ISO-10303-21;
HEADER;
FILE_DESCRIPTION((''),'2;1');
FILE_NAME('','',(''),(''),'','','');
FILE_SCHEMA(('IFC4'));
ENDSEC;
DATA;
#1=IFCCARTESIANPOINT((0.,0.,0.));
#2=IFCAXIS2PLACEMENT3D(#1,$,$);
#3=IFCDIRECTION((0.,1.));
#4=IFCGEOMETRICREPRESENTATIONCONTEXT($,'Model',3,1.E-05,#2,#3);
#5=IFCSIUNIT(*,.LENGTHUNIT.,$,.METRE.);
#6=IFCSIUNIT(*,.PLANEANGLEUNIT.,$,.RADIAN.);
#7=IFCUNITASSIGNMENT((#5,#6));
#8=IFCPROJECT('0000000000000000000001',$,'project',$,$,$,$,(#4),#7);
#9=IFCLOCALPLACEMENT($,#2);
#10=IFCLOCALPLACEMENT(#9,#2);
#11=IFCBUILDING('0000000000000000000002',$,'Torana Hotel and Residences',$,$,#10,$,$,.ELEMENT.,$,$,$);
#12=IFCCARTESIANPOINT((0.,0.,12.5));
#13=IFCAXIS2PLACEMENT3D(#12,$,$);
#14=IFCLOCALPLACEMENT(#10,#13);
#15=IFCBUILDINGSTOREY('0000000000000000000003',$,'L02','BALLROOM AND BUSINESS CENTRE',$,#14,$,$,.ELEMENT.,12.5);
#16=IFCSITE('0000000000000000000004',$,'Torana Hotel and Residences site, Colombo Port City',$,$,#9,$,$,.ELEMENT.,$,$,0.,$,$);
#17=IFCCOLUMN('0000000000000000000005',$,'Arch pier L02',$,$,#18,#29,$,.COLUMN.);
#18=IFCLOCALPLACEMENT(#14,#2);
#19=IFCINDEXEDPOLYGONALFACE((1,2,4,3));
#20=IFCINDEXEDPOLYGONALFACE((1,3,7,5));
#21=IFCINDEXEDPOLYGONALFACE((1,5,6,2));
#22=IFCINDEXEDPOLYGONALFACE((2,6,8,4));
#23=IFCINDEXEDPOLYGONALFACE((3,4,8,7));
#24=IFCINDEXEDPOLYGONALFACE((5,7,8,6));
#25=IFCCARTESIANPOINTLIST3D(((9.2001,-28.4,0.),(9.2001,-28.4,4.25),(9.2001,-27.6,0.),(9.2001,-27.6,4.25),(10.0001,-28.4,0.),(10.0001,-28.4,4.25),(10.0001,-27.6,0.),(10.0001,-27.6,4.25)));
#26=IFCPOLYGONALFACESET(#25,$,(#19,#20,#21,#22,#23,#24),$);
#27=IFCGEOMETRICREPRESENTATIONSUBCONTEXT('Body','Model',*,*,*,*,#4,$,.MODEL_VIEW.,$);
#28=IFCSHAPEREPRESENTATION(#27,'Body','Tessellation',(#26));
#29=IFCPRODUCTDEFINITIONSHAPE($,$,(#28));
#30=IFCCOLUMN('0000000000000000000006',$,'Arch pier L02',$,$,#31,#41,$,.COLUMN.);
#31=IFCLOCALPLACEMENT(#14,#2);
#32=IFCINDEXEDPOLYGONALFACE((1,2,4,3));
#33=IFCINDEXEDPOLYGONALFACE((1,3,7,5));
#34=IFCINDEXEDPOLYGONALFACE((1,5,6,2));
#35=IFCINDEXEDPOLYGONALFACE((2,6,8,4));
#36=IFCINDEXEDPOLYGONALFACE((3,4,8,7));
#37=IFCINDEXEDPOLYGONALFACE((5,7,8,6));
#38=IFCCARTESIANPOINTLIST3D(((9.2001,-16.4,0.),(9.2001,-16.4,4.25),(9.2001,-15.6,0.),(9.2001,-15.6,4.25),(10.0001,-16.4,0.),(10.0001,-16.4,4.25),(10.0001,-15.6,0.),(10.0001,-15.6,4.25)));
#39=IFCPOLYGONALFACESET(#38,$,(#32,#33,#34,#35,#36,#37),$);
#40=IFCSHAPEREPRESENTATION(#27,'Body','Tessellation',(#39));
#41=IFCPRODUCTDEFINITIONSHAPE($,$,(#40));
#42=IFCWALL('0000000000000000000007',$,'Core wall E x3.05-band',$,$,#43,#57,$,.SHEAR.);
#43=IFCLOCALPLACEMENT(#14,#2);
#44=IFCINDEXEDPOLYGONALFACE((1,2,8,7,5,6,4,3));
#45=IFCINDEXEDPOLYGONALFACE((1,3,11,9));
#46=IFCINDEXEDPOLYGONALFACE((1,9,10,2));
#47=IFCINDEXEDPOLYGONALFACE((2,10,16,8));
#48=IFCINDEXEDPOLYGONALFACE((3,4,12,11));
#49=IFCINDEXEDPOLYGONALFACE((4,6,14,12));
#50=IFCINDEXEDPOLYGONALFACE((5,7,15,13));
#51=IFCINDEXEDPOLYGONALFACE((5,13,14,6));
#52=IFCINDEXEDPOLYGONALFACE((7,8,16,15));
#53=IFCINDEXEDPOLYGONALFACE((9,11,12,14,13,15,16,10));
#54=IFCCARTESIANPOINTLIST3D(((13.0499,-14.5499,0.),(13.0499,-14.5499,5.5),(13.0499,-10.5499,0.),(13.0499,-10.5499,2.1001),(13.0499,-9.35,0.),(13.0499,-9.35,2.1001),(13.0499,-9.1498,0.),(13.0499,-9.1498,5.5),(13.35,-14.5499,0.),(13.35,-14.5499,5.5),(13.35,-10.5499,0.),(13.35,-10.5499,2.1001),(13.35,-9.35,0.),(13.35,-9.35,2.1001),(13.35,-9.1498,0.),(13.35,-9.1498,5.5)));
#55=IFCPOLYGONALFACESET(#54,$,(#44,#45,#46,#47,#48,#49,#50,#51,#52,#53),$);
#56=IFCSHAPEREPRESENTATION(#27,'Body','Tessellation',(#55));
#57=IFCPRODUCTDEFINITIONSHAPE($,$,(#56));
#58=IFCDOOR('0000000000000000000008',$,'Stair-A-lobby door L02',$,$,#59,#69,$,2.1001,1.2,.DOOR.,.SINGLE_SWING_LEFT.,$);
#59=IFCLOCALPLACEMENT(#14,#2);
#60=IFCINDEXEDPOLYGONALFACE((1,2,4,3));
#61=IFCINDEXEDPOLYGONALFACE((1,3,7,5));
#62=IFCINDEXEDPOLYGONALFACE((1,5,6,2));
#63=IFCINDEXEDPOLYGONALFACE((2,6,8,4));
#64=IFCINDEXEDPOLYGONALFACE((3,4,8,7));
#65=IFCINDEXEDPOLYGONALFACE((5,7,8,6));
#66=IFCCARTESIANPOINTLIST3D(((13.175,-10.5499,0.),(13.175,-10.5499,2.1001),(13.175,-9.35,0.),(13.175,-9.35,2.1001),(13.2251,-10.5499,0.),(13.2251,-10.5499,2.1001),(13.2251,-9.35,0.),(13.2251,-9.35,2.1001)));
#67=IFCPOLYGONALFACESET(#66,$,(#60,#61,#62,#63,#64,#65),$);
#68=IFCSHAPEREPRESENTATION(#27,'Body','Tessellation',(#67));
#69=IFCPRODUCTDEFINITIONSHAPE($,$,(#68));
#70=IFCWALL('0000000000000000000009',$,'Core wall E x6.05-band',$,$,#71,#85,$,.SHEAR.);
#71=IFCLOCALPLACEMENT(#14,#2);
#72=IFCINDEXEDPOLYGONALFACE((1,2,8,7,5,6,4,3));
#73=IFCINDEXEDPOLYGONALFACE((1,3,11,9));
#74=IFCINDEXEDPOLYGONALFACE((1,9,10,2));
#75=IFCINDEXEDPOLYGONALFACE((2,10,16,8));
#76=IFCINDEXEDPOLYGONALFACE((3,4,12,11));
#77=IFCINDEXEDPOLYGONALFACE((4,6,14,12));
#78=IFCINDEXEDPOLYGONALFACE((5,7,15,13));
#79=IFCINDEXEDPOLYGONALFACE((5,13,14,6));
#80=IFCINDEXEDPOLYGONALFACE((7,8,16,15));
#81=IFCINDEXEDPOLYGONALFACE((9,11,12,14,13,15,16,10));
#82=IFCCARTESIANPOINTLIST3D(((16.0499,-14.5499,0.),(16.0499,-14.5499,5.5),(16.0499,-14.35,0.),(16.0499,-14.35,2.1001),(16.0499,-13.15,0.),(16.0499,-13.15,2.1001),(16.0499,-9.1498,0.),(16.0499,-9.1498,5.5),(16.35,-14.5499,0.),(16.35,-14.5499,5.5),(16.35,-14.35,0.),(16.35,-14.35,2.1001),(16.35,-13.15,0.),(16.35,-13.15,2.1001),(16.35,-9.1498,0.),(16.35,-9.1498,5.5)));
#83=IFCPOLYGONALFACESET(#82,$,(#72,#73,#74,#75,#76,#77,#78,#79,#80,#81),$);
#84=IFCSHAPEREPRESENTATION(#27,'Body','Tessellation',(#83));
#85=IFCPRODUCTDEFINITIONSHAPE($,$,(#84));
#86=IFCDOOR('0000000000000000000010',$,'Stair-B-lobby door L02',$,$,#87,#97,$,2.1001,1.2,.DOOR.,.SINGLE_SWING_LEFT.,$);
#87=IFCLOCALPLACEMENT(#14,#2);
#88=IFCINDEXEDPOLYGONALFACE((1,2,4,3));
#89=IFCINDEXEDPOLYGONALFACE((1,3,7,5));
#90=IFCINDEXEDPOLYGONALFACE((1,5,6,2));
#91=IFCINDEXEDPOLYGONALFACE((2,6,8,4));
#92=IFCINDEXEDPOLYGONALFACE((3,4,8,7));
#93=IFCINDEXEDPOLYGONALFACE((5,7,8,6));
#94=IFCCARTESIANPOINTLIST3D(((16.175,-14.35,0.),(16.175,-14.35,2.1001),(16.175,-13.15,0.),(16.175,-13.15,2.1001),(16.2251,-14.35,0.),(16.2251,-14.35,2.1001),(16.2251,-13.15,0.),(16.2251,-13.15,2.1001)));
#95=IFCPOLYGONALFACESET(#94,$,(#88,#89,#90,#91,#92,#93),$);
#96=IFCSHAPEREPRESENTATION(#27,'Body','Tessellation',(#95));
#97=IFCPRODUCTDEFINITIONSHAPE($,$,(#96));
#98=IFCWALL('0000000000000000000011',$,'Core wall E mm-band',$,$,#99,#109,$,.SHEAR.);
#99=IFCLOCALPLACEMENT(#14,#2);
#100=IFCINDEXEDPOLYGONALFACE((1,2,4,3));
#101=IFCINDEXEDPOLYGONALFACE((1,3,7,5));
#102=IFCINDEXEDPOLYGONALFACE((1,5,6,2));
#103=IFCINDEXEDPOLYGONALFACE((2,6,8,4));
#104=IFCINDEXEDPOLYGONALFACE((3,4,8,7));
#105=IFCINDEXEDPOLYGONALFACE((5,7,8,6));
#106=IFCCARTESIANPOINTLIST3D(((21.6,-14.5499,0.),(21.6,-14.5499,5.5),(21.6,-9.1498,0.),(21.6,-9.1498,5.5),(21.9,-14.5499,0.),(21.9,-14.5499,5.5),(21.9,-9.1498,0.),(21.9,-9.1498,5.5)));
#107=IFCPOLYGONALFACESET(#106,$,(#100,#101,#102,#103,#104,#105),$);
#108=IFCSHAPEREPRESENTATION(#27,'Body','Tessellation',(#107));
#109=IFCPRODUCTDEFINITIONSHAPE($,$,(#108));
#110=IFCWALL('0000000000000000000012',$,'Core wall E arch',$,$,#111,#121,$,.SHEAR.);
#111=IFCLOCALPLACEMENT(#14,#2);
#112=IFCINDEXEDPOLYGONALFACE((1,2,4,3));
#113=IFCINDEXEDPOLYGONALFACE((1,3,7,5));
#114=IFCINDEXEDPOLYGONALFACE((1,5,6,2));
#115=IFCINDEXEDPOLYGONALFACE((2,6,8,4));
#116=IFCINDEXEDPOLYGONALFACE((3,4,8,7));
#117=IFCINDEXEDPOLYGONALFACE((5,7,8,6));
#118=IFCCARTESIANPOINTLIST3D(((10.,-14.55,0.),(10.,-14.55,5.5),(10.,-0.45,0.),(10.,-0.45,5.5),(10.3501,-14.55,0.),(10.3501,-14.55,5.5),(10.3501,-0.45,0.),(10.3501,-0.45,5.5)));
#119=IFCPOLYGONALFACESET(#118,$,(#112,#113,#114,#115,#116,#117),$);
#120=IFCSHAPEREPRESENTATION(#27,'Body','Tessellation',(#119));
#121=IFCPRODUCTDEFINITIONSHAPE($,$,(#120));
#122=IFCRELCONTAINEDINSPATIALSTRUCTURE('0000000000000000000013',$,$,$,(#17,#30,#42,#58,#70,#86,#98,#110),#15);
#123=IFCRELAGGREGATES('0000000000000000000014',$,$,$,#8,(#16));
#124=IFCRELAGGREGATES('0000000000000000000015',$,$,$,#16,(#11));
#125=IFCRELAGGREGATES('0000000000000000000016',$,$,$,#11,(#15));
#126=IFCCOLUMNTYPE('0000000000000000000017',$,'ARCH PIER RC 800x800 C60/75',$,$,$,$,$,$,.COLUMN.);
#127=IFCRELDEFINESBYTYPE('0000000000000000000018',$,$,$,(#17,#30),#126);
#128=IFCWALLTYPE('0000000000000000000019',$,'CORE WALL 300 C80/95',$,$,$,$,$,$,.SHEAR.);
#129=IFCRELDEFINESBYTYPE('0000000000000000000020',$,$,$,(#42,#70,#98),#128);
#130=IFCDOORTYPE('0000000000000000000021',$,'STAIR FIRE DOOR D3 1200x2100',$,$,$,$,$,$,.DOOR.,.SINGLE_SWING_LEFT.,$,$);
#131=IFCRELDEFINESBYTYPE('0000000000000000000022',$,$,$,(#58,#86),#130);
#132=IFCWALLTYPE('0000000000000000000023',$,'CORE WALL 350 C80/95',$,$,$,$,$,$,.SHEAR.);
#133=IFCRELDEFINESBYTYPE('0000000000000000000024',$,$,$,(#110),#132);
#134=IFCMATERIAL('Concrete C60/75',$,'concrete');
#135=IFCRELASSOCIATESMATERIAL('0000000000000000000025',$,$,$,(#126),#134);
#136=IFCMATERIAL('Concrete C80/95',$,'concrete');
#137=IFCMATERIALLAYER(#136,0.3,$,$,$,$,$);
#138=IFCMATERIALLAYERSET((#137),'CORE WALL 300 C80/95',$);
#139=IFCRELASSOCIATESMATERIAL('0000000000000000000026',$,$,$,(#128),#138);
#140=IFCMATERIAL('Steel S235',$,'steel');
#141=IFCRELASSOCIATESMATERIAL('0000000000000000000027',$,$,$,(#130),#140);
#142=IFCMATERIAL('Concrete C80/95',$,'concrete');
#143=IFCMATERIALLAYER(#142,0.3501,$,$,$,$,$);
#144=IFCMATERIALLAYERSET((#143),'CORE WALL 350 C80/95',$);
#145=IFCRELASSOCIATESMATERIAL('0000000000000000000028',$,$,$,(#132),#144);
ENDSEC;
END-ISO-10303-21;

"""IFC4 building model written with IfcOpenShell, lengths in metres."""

from ifc_helpers import new_model, si_unit, direction, frame, frame_2d, origin, origin_2d, place, context, subcontext, project, spatial, rectangle, extrude, material, layer, layer_set, material_profile, profile_set, type_object, element, fill, save


model = new_model("IFC4")

# Units and contexts
model_context = context("Model", 3, precision=1e-05, world=origin(), true_north=direction((0.0, 1.0)))
body_context = subcontext(model_context, "Body", "Model", "MODEL_VIEW")
ifc_project = project(units=[si_unit("LENGTHUNIT", "METRE"), si_unit("PLANEANGLEUNIT", "RADIAN")], contexts=[model_context])

# Site, building, storey
site_placement = place(None, origin())
site = spatial("IfcSite", under=ifc_project, at=site_placement, Name="Torana Hotel and Residences site, Colombo Port City", CompositionType="ELEMENT", RefElevation=0.0)
building_placement = place(site_placement, origin())
building = spatial("IfcBuilding", under=site, at=building_placement, Name="Torana Hotel and Residences", CompositionType="ELEMENT")
storey_placement = place(building_placement, frame((0.0, 0.0, 12.5)))
storey = spatial("IfcBuildingStorey", under=building, at=storey_placement, Name="L02", Description="BALLROOM AND BUSINESS CENTRE", CompositionType="ELEMENT", Elevation=12.5)

# Columns
ifc_material_1 = material(Name="Concrete C60/75", Category="concrete")
ifc_material_profile = material_profile(ifc_material_1, rectangle(XDim=0.8, YDim=0.8, at=origin_2d()), Name="RC 800x800")
ifc_profile_set = profile_set([ifc_material_profile], Name="Concrete C60/75")
column_type = type_object("IfcColumnType", Name="ARCH PIER RC 800x800 C60/75", PredefinedType="COLUMN", material=ifc_profile_set)
for number, where, z_axis, x_axis, name in (
    (1, (9.6001, -28.0, 0.0), (0.0, 0.0, 1.0), (1.0, 0.0, 0.0), "Arch pier L02"),
    (2, (9.6001, -16.0, 0.0), (0.0, 0.0, 1.0), (1.0, 0.0, 0.0), "Arch pier L02"),
):
    element("IfcColumn", number, at=place(storey_placement, frame(where, z_axis=z_axis, x_axis=x_axis)), inside=storey, type_object=column_type, Name=name, PredefinedType="COLUMN", context=body_context, shape_type="SweptSolid", body=[
        extrude(rectangle(XDim=0.8, YDim=0.8, at=origin_2d()), origin(), (0.0, 0.0, 1.0), 4.25),
    ])

# Walls, openings, doors
ifc_material_2 = material(Name="Concrete C80/95", Category="concrete")
ifc_layer_1 = layer(ifc_material_2, 0.3)
ifc_layer_set_1 = layer_set([ifc_layer_1], Name="CORE WALL 300 C80/95")
wall_type_1 = type_object("IfcWallType", Name="CORE WALL 300 C80/95", PredefinedType="SHEAR", material=ifc_layer_set_1)
wall_1_placement = place(storey_placement, frame((13.2, -14.55, 0.0), z_axis=(0.0, 0.0, 1.0), x_axis=(0.0, 1.0, 0.0)))
wall_1 = element("IfcWall", 3, at=wall_1_placement, inside=storey, type_object=wall_type_1, Name="Core wall E x3.05-band", PredefinedType="SHEAR", context=body_context, shape_type="SweptSolid", body=[
    extrude(rectangle(XDim=5.4001, YDim=0.3, at=frame_2d((2.7002, 0.0))), origin(), (0.0, 0.0, 1.0), 5.5),
])
opening_1_placement = place(wall_1_placement, frame((4.0, 0.0, 0.0)))
opening_1 = element("IfcOpeningElement", 4, at=opening_1_placement, cuts=wall_1, PredefinedType="OPENING", context=body_context, shape_type="SweptSolid", body=[
    extrude(rectangle(XDim=1.2, YDim=2.1001, at=frame_2d((0.6001, 1.05))), frame((0.0, 0.1599, 0.0), z_axis=(0.0, -1.0, 0.0), x_axis=(1.0, 0.0, 0.0)), (0.0, 0.0, 1.0), 0.3201),
])
ifc_material_3 = material(Name="Steel S235", Category="steel")
door_type_1 = type_object("IfcDoorType", Name="STAIR FIRE DOOR D3 1200x2100", OperationType="SINGLE_SWING_LEFT", PredefinedType="DOOR", material=ifc_material_3)
door_1_placement = place(opening_1_placement, origin())
door_1 = element("IfcDoor", 5, at=door_1_placement, inside=storey, type_object=door_type_1, Name="Stair-A-lobby door L02", OperationType="SINGLE_SWING_LEFT", OverallHeight=2.1001, OverallWidth=1.2, PredefinedType="DOOR", context=body_context, shape_type="SweptSolid", body=[
    extrude(rectangle(XDim=1.2, YDim=2.1001, at=frame_2d((0.6001, 1.05))), frame((0.0, 0.0249, 0.0), z_axis=(0.0, -1.0, 0.0), x_axis=(1.0, 0.0, 0.0)), (0.0, 0.0, 1.0), 0.05),
])
fill(opening_1, door_1)
wall_2_placement = place(storey_placement, frame((16.2, -14.55, 0.0), z_axis=(0.0, 0.0, 1.0), x_axis=(0.0, 1.0, 0.0)))
wall_2 = element("IfcWall", 6, at=wall_2_placement, inside=storey, type_object=wall_type_1, Name="Core wall E x6.05-band", PredefinedType="SHEAR", context=body_context, shape_type="SweptSolid", body=[
    extrude(rectangle(XDim=5.4001, YDim=0.3, at=frame_2d((2.7002, 0.0))), origin(), (0.0, 0.0, 1.0), 5.5),
])
opening_2_placement = place(wall_2_placement, frame((0.2, 0.0, 0.0)))
opening_2 = element("IfcOpeningElement", 7, at=opening_2_placement, cuts=wall_2, PredefinedType="OPENING", context=body_context, shape_type="SweptSolid", body=[
    extrude(rectangle(XDim=1.2, YDim=2.1001, at=frame_2d((0.6001, 1.05))), frame((0.0, 0.1599, 0.0), z_axis=(0.0, -1.0, 0.0), x_axis=(1.0, 0.0, 0.0)), (0.0, 0.0, 1.0), 0.3201),
])
door_2_placement = place(opening_2_placement, frame((0.6001, 0.0, 0.0), z_axis=(0.0, 0.0, 1.0), x_axis=(-1.0, 0.0, 0.0)))
door_2 = element("IfcDoor", 8, at=door_2_placement, inside=storey, type_object=door_type_1, Name="Stair-B-lobby door L02", OperationType="SINGLE_SWING_LEFT", OverallHeight=2.1001, OverallWidth=1.2, PredefinedType="DOOR", context=body_context, shape_type="SweptSolid", body=[
    extrude(rectangle(XDim=1.2, YDim=2.1001, at=frame_2d((0.0, 1.05))), frame((0.0, -0.0249, 0.0), z_axis=(0.0, 1.0, 0.0), x_axis=(-1.0, 0.0, 0.0)), (0.0, 0.0, 1.0), 0.05),
])
fill(opening_2, door_2)

# Walls
wall_3_placement = place(storey_placement, frame((21.75, -14.55, 0.0), z_axis=(0.0, 0.0, 1.0), x_axis=(0.0, 1.0, 0.0)))
element("IfcWall", 9, at=wall_3_placement, inside=storey, type_object=wall_type_1, Name="Core wall E mm-band", PredefinedType="SHEAR", context=body_context, shape_type="SweptSolid", body=[
    extrude(rectangle(XDim=5.4001, YDim=0.3, at=frame_2d((2.7002, 0.0))), origin(), (0.0, 0.0, 1.0), 5.5),
])
ifc_material_4 = material(Name="Concrete C80/95", Category="concrete")
ifc_layer_2 = layer(ifc_material_4, 0.3501)
ifc_layer_set_2 = layer_set([ifc_layer_2], Name="CORE WALL 350 C80/95")
wall_type_2 = type_object("IfcWallType", Name="CORE WALL 350 C80/95", PredefinedType="SHEAR", material=ifc_layer_set_2)
wall_4_placement = place(storey_placement, frame((10.175, -14.55, 0.0), z_axis=(0.0, 0.0, 1.0), x_axis=(0.0, 1.0, 0.0)))
element("IfcWall", 10, at=wall_4_placement, inside=storey, type_object=wall_type_2, Name="Core wall E arch", PredefinedType="SHEAR", context=body_context, shape_type="SweptSolid", body=[
    extrude(rectangle(XDim=14.1001, YDim=0.3501, at=frame_2d((7.05, 0.0))), origin(), (0.0, 0.0, 1.0), 5.5),
])

save(model, "model.ifc")
